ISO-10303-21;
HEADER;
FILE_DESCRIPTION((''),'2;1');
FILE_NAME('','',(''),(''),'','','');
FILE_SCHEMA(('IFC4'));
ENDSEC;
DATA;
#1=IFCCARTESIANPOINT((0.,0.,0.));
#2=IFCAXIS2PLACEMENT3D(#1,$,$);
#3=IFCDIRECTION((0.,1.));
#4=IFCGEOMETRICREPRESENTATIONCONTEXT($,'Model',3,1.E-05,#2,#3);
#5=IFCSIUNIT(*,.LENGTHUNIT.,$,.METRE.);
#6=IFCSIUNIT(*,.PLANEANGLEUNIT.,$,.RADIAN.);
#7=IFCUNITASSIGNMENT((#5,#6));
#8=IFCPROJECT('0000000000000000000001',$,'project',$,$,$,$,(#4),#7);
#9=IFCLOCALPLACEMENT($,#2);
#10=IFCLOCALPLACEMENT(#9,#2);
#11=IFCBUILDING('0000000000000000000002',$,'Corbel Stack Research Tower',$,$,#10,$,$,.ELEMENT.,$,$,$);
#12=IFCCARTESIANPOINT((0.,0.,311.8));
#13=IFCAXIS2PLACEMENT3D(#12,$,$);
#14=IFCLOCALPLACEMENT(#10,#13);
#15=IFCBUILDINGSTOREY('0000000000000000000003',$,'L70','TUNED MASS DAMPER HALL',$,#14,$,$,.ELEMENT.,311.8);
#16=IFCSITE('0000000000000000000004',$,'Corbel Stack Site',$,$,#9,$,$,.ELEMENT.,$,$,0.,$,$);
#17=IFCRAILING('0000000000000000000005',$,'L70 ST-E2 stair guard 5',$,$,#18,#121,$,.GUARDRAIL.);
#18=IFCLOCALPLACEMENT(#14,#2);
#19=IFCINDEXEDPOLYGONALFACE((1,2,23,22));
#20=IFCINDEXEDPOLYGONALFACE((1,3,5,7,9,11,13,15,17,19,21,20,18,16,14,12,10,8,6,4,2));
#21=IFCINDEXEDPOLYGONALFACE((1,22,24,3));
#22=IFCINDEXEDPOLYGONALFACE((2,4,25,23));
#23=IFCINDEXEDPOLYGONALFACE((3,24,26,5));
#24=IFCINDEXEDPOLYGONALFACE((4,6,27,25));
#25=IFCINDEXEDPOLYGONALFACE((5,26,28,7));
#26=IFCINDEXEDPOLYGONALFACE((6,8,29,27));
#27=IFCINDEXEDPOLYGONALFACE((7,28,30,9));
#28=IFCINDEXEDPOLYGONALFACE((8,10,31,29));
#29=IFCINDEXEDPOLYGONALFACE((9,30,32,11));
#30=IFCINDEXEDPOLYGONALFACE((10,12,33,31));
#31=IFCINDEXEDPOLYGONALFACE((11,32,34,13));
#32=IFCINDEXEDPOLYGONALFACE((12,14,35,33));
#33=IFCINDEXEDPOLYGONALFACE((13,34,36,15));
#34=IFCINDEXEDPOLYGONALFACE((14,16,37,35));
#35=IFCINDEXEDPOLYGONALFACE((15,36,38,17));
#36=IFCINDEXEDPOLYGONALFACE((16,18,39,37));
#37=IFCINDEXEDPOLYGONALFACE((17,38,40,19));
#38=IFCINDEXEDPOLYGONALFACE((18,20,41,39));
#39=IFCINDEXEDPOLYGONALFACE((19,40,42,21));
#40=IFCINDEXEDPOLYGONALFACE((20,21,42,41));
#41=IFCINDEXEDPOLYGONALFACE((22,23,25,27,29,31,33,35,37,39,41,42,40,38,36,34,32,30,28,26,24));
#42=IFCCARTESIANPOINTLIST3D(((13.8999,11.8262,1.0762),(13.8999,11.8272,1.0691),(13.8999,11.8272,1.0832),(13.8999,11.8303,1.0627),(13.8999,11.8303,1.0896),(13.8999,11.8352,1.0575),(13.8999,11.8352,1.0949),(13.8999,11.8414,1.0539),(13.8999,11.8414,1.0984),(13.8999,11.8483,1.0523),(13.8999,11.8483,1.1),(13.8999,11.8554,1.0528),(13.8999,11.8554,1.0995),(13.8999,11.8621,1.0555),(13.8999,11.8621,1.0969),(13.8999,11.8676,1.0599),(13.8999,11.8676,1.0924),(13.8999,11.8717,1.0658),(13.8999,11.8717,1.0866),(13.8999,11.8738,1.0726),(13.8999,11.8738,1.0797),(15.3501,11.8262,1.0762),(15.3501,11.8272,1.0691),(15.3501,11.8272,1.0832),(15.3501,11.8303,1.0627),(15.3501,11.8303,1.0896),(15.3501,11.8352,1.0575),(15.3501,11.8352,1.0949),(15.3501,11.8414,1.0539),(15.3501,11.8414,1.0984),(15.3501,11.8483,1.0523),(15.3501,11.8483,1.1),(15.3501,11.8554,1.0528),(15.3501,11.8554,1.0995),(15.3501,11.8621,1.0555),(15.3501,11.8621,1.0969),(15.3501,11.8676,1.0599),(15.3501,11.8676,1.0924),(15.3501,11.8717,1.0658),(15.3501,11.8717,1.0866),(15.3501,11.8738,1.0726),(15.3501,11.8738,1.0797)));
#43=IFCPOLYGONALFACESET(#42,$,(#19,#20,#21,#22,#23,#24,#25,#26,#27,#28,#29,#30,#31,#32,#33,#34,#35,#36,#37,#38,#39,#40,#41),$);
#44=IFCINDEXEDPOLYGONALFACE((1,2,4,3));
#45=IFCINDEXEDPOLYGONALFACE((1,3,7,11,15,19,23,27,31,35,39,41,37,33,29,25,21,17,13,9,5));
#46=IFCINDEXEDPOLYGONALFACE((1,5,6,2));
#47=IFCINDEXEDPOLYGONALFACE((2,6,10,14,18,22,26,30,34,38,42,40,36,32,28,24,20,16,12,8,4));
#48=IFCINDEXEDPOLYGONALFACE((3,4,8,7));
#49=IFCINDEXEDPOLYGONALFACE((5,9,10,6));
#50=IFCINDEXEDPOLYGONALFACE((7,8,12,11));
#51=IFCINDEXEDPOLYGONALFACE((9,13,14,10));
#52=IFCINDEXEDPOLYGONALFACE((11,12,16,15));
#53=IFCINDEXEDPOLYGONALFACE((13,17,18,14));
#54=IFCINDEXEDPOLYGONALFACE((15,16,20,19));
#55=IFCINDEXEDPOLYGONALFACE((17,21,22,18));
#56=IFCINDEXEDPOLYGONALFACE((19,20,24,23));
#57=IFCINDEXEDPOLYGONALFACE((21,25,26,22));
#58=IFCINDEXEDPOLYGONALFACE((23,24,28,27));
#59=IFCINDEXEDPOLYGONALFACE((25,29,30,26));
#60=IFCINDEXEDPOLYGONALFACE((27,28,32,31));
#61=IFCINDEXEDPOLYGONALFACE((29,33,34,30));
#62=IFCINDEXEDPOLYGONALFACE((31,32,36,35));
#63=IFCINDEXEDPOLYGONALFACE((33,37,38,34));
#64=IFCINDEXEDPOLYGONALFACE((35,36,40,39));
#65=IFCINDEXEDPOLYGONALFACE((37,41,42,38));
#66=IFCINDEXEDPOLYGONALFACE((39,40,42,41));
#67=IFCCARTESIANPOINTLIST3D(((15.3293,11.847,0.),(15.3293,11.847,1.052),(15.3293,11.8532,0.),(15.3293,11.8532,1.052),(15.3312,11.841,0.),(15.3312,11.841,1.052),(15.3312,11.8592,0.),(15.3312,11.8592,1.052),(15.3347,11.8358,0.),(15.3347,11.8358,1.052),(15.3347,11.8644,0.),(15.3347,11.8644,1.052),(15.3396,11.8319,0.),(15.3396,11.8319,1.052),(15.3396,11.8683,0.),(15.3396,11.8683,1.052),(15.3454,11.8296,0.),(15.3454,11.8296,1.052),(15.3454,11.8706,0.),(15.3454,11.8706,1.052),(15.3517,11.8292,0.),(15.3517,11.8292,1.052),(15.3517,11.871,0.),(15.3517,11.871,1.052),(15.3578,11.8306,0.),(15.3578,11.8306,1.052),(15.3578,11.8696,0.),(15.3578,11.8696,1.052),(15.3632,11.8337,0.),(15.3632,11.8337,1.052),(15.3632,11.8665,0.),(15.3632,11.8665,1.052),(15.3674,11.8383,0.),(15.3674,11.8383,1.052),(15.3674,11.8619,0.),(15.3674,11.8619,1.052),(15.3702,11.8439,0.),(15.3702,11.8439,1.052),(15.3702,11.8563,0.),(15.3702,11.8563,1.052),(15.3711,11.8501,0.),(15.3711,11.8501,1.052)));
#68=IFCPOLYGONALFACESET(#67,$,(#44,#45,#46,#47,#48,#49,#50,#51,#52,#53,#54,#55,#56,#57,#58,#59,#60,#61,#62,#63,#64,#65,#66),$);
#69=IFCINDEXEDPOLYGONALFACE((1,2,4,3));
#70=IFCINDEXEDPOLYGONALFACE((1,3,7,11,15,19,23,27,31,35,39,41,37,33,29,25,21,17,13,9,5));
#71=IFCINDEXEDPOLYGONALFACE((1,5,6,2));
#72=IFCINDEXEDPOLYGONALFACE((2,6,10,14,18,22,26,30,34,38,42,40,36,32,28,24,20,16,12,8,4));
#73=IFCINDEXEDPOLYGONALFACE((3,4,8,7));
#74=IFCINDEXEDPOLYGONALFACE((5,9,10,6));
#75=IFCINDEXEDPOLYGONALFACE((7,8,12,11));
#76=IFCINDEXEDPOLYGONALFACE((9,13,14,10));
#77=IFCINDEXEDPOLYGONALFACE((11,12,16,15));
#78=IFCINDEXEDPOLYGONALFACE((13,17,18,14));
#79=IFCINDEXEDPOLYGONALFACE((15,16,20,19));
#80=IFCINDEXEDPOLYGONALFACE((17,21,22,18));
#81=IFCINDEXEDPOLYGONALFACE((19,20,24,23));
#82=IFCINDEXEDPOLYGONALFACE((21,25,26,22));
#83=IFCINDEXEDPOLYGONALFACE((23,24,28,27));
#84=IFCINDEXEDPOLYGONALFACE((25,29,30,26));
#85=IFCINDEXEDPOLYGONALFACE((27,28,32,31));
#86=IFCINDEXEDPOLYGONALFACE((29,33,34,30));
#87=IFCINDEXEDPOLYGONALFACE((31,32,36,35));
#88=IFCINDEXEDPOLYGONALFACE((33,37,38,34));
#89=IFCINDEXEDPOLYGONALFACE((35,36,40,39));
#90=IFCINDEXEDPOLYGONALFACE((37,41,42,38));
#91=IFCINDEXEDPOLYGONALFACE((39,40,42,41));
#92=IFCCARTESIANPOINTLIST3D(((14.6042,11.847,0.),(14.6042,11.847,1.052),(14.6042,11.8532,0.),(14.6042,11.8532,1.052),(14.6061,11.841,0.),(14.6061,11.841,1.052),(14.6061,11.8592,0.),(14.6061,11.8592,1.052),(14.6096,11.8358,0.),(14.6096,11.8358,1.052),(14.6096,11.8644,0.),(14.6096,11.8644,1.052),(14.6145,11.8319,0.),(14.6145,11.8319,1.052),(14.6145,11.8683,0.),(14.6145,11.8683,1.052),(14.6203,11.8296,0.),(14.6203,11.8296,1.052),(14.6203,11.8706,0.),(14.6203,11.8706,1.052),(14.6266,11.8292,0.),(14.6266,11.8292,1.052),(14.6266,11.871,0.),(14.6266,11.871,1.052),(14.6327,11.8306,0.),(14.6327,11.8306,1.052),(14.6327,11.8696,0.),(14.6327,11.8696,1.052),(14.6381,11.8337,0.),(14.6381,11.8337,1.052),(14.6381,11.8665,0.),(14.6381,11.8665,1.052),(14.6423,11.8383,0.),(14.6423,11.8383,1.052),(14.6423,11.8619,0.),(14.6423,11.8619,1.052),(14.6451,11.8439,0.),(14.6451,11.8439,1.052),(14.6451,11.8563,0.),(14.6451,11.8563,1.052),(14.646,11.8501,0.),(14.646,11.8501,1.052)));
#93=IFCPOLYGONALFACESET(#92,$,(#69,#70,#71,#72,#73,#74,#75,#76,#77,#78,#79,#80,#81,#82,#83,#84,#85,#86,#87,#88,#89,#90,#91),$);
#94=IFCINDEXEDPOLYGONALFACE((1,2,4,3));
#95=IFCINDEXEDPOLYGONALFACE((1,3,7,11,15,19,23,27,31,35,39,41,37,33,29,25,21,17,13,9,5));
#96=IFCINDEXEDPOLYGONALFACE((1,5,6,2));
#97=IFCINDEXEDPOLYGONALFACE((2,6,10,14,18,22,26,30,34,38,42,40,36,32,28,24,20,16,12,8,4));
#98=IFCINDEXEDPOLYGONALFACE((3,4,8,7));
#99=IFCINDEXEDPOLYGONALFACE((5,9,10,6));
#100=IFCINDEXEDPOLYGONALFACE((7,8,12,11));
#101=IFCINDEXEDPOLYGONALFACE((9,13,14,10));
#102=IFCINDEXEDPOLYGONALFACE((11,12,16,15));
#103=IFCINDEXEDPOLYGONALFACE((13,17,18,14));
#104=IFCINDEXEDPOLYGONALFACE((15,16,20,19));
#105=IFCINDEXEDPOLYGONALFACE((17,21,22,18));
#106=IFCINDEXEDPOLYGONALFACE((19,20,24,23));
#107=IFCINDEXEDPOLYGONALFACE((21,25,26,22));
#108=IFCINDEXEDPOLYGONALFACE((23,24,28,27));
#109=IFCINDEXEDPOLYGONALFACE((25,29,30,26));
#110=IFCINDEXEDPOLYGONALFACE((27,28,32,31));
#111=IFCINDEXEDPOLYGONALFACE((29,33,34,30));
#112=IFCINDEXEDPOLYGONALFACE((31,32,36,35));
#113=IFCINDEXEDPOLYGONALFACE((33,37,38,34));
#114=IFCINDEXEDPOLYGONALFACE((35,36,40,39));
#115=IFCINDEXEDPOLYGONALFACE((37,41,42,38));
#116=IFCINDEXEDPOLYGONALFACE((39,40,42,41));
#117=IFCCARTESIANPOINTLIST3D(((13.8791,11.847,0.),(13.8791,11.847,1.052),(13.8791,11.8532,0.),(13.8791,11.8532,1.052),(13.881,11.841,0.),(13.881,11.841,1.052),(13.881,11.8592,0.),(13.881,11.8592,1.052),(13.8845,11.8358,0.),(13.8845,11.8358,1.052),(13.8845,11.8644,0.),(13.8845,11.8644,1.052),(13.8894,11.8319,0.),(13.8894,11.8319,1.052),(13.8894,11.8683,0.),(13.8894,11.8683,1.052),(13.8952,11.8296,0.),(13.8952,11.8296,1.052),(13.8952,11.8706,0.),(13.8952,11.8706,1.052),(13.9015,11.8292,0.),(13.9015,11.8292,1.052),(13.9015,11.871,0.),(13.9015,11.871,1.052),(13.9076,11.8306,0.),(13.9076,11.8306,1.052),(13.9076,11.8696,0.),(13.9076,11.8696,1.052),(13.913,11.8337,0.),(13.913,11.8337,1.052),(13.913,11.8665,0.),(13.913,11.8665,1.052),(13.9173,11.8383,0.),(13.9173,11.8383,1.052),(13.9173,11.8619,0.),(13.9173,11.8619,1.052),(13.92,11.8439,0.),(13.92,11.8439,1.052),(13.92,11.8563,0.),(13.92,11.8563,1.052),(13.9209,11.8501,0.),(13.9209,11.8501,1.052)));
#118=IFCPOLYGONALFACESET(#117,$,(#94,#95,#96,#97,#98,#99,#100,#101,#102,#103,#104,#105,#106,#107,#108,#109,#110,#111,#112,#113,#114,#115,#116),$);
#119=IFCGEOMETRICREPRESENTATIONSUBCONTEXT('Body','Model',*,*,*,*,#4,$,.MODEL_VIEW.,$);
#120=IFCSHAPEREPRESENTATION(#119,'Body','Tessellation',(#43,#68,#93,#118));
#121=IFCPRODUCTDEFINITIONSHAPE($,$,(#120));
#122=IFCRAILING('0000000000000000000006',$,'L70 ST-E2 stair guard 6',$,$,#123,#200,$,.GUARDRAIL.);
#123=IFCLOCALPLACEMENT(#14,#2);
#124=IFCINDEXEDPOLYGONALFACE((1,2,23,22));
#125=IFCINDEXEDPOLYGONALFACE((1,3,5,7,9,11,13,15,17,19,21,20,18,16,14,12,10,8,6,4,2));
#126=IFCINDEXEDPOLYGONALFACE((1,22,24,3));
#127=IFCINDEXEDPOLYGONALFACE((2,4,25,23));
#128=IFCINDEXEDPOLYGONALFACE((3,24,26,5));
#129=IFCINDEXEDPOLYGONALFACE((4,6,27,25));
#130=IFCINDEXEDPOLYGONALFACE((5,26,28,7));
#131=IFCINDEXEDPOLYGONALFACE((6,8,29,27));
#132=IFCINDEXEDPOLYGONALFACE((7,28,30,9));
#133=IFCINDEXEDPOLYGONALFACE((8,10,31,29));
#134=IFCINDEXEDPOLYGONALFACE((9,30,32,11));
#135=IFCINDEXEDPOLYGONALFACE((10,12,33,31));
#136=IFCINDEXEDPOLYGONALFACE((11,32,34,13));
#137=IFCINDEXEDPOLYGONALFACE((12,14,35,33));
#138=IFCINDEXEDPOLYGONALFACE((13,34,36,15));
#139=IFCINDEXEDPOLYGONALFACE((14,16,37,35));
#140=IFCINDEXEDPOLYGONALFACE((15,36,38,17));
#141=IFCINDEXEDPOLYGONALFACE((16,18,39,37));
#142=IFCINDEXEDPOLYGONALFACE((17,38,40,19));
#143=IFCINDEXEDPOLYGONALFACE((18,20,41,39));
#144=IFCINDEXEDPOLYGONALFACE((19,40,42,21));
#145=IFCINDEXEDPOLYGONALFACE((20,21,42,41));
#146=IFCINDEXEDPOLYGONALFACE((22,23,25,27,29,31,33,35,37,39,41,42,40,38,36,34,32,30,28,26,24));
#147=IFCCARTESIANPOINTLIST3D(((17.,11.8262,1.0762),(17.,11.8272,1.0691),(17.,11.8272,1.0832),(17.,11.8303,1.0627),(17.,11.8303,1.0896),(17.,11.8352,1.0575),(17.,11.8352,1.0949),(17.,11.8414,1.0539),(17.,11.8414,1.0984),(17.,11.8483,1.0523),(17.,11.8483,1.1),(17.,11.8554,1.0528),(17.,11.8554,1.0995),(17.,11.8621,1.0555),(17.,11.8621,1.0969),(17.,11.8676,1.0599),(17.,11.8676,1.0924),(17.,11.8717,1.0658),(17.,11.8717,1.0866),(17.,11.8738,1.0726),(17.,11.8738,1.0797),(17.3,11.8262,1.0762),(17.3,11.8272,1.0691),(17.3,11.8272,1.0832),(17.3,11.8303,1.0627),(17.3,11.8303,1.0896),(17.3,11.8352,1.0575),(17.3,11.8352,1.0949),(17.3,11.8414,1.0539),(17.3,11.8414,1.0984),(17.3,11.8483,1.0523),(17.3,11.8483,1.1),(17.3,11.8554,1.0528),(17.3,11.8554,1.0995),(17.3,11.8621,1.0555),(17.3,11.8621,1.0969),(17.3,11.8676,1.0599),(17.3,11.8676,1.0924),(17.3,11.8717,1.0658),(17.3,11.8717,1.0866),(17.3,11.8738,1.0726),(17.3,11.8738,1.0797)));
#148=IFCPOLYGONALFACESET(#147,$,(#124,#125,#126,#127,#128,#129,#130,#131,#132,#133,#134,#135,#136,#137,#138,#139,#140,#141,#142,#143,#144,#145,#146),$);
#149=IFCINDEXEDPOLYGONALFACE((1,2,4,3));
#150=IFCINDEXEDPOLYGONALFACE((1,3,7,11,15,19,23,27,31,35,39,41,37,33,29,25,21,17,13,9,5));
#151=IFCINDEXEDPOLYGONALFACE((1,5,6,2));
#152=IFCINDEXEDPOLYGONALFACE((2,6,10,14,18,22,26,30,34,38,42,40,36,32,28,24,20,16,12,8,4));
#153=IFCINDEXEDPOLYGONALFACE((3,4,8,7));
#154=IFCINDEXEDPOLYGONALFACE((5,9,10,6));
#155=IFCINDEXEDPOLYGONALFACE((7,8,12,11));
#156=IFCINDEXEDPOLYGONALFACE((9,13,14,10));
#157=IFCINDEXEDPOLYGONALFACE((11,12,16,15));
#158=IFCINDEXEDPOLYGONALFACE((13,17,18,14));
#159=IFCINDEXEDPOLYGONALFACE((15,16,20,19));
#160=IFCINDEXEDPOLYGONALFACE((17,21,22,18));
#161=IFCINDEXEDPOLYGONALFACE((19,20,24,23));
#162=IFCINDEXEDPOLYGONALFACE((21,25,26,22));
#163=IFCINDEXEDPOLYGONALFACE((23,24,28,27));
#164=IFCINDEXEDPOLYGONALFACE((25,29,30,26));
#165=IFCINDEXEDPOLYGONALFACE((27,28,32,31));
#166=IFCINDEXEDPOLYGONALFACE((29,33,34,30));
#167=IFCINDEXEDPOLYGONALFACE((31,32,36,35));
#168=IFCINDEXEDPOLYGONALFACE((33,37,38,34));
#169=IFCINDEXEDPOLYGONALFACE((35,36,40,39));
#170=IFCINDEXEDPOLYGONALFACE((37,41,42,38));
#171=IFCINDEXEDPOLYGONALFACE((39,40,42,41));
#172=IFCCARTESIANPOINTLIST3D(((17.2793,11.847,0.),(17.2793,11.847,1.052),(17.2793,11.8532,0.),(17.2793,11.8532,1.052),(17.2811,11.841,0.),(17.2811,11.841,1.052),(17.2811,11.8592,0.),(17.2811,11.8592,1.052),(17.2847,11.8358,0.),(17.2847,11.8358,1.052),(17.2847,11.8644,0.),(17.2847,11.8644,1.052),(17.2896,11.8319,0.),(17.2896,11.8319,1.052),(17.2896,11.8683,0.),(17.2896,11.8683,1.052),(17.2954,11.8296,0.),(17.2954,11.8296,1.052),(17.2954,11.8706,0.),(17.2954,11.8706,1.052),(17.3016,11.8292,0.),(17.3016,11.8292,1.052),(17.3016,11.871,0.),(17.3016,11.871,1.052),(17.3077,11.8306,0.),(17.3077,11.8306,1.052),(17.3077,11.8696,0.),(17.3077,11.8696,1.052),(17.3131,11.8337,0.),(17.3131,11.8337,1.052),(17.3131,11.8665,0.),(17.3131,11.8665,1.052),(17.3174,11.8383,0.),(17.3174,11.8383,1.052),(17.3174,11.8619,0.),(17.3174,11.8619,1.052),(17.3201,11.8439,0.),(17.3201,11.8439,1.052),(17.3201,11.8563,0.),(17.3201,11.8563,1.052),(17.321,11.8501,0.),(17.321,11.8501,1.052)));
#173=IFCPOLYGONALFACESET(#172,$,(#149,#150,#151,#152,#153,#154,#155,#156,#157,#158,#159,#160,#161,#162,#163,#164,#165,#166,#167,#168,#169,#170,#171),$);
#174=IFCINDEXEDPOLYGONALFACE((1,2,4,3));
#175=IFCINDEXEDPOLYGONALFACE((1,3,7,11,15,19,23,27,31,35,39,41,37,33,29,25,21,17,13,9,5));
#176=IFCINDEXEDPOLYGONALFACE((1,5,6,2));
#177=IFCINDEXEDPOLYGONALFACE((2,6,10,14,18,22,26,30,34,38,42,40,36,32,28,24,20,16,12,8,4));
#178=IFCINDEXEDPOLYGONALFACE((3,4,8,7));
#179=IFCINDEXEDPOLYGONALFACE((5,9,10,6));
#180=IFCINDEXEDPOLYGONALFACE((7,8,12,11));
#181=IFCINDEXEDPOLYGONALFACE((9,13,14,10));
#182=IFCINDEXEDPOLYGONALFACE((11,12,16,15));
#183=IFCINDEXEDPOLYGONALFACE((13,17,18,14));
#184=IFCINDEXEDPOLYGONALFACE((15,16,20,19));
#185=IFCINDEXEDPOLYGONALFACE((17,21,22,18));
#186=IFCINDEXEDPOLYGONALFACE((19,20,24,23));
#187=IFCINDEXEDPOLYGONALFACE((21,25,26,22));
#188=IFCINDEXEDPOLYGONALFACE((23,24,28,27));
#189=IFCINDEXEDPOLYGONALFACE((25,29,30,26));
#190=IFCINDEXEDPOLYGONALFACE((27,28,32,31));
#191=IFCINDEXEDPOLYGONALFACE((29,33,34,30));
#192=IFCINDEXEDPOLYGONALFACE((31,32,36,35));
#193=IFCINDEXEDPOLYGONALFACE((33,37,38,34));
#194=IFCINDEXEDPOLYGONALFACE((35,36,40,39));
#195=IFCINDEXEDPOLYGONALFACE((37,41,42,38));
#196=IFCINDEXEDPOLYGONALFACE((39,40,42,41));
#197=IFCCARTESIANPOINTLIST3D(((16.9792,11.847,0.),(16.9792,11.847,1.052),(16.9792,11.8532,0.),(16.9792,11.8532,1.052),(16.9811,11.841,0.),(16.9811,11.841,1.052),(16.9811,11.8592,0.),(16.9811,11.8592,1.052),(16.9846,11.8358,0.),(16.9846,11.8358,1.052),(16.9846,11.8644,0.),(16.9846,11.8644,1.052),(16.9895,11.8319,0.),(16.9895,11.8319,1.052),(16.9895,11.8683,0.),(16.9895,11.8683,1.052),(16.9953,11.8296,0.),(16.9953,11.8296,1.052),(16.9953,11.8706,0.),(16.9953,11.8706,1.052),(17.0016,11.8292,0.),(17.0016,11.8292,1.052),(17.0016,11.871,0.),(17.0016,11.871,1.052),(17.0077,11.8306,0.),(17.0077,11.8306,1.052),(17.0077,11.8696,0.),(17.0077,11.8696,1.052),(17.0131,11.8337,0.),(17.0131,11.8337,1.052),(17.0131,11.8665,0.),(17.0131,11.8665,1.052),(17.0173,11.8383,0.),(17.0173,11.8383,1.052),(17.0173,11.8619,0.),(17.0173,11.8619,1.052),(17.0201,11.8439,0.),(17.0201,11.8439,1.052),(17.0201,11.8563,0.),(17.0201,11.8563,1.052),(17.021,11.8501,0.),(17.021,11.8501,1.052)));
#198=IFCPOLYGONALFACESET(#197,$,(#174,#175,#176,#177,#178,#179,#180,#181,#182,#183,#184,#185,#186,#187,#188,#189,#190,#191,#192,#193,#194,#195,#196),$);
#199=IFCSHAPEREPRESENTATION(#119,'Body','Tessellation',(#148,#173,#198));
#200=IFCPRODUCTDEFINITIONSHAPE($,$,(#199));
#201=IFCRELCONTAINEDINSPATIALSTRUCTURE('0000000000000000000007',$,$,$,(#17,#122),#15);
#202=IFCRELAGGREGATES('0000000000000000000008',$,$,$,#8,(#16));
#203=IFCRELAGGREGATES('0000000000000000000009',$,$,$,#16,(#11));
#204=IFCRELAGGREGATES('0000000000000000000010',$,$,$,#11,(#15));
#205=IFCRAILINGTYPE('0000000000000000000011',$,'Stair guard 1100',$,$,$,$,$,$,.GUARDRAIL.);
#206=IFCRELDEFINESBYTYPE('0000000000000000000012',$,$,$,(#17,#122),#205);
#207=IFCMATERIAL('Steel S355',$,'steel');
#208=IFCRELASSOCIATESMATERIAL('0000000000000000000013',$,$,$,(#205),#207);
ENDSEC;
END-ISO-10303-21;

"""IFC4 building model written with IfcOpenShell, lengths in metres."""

from ifc_helpers import new_model, si_unit, direction, frame, origin, origin_2d, place, context, subcontext, project, spatial, circle, extrude, material, type_object, element, save


model = new_model("IFC4")

# Units and contexts
model_context = context("Model", 3, precision=1e-05, world=origin(), true_north=direction((0.0, 1.0)))
body_context = subcontext(model_context, "Body", "Model", "MODEL_VIEW")
ifc_project = project(units=[si_unit("LENGTHUNIT", "METRE"), si_unit("PLANEANGLEUNIT", "RADIAN")], contexts=[model_context])

# Site, building, storey
site_placement = place(None, origin())
site = spatial("IfcSite", under=ifc_project, at=site_placement, Name="Corbel Stack Site", CompositionType="ELEMENT", RefElevation=0.0)
building_placement = place(site_placement, origin())
building = spatial("IfcBuilding", under=site, at=building_placement, Name="Corbel Stack Research Tower", CompositionType="ELEMENT")
storey_placement = place(building_placement, frame((0.0, 0.0, 311.8)))
storey = spatial("IfcBuildingStorey", under=building, at=storey_placement, Name="L70", Description="TUNED MASS DAMPER HALL", CompositionType="ELEMENT", Elevation=311.8)

# Railings
ifc_material_1 = material(Name="Steel S355", Category="steel")
railing_type_1 = type_object("IfcRailingType", Name="Stair guard 1100", PredefinedType="GUARDRAIL", material=ifc_material_1)
railing_1_placement = place(storey_placement, frame((15.3501, 11.8501, 0.0)))
element("IfcRailing", 1, at=railing_1_placement, inside=storey, type_object=railing_type_1, Name="L70 ST-E2 stair guard 5", PredefinedType="GUARDRAIL", context=body_context, shape_type="SweptSolid", body=[
    extrude(circle(Radius=0.0239, at=origin_2d()), frame((0.0, 0.0, 1.0762), z_axis=(-1.0, 0.0, 0.0), x_axis=(0.0, -1.0, 0.0)), (0.0, 0.0, 1.0), 1.4502),
    extrude(circle(Radius=0.021, at=origin_2d()), origin(), (0.0, 0.0, 1.0), 1.052),
    extrude(circle(Radius=0.021, at=origin_2d()), frame((-0.7251, 0.0, 0.0)), (0.0, 0.0, 1.0), 1.052),
    extrude(circle(Radius=0.021, at=origin_2d()), frame((-1.4502, 0.0, 0.0)), (0.0, 0.0, 1.0), 1.052),
])
railing_2_placement = place(storey_placement, frame((17.3, 11.8501, 0.0)))
element("IfcRailing", 2, at=railing_2_placement, inside=storey, type_object=railing_type_1, Name="L70 ST-E2 stair guard 6", PredefinedType="GUARDRAIL", context=body_context, shape_type="SweptSolid", body=[
    extrude(circle(Radius=0.0239, at=origin_2d()), frame((0.0, 0.0, 1.0762), z_axis=(-1.0, 0.0, 0.0), x_axis=(0.0, -1.0, 0.0)), (0.0, 0.0, 1.0), 0.3),
    extrude(circle(Radius=0.021, at=origin_2d()), origin(), (0.0, 0.0, 1.0), 1.052),
    extrude(circle(Radius=0.021, at=origin_2d()), frame((-0.3, 0.0, 0.0)), (0.0, 0.0, 1.0), 1.052),
])

save(model, "model.ifc")
